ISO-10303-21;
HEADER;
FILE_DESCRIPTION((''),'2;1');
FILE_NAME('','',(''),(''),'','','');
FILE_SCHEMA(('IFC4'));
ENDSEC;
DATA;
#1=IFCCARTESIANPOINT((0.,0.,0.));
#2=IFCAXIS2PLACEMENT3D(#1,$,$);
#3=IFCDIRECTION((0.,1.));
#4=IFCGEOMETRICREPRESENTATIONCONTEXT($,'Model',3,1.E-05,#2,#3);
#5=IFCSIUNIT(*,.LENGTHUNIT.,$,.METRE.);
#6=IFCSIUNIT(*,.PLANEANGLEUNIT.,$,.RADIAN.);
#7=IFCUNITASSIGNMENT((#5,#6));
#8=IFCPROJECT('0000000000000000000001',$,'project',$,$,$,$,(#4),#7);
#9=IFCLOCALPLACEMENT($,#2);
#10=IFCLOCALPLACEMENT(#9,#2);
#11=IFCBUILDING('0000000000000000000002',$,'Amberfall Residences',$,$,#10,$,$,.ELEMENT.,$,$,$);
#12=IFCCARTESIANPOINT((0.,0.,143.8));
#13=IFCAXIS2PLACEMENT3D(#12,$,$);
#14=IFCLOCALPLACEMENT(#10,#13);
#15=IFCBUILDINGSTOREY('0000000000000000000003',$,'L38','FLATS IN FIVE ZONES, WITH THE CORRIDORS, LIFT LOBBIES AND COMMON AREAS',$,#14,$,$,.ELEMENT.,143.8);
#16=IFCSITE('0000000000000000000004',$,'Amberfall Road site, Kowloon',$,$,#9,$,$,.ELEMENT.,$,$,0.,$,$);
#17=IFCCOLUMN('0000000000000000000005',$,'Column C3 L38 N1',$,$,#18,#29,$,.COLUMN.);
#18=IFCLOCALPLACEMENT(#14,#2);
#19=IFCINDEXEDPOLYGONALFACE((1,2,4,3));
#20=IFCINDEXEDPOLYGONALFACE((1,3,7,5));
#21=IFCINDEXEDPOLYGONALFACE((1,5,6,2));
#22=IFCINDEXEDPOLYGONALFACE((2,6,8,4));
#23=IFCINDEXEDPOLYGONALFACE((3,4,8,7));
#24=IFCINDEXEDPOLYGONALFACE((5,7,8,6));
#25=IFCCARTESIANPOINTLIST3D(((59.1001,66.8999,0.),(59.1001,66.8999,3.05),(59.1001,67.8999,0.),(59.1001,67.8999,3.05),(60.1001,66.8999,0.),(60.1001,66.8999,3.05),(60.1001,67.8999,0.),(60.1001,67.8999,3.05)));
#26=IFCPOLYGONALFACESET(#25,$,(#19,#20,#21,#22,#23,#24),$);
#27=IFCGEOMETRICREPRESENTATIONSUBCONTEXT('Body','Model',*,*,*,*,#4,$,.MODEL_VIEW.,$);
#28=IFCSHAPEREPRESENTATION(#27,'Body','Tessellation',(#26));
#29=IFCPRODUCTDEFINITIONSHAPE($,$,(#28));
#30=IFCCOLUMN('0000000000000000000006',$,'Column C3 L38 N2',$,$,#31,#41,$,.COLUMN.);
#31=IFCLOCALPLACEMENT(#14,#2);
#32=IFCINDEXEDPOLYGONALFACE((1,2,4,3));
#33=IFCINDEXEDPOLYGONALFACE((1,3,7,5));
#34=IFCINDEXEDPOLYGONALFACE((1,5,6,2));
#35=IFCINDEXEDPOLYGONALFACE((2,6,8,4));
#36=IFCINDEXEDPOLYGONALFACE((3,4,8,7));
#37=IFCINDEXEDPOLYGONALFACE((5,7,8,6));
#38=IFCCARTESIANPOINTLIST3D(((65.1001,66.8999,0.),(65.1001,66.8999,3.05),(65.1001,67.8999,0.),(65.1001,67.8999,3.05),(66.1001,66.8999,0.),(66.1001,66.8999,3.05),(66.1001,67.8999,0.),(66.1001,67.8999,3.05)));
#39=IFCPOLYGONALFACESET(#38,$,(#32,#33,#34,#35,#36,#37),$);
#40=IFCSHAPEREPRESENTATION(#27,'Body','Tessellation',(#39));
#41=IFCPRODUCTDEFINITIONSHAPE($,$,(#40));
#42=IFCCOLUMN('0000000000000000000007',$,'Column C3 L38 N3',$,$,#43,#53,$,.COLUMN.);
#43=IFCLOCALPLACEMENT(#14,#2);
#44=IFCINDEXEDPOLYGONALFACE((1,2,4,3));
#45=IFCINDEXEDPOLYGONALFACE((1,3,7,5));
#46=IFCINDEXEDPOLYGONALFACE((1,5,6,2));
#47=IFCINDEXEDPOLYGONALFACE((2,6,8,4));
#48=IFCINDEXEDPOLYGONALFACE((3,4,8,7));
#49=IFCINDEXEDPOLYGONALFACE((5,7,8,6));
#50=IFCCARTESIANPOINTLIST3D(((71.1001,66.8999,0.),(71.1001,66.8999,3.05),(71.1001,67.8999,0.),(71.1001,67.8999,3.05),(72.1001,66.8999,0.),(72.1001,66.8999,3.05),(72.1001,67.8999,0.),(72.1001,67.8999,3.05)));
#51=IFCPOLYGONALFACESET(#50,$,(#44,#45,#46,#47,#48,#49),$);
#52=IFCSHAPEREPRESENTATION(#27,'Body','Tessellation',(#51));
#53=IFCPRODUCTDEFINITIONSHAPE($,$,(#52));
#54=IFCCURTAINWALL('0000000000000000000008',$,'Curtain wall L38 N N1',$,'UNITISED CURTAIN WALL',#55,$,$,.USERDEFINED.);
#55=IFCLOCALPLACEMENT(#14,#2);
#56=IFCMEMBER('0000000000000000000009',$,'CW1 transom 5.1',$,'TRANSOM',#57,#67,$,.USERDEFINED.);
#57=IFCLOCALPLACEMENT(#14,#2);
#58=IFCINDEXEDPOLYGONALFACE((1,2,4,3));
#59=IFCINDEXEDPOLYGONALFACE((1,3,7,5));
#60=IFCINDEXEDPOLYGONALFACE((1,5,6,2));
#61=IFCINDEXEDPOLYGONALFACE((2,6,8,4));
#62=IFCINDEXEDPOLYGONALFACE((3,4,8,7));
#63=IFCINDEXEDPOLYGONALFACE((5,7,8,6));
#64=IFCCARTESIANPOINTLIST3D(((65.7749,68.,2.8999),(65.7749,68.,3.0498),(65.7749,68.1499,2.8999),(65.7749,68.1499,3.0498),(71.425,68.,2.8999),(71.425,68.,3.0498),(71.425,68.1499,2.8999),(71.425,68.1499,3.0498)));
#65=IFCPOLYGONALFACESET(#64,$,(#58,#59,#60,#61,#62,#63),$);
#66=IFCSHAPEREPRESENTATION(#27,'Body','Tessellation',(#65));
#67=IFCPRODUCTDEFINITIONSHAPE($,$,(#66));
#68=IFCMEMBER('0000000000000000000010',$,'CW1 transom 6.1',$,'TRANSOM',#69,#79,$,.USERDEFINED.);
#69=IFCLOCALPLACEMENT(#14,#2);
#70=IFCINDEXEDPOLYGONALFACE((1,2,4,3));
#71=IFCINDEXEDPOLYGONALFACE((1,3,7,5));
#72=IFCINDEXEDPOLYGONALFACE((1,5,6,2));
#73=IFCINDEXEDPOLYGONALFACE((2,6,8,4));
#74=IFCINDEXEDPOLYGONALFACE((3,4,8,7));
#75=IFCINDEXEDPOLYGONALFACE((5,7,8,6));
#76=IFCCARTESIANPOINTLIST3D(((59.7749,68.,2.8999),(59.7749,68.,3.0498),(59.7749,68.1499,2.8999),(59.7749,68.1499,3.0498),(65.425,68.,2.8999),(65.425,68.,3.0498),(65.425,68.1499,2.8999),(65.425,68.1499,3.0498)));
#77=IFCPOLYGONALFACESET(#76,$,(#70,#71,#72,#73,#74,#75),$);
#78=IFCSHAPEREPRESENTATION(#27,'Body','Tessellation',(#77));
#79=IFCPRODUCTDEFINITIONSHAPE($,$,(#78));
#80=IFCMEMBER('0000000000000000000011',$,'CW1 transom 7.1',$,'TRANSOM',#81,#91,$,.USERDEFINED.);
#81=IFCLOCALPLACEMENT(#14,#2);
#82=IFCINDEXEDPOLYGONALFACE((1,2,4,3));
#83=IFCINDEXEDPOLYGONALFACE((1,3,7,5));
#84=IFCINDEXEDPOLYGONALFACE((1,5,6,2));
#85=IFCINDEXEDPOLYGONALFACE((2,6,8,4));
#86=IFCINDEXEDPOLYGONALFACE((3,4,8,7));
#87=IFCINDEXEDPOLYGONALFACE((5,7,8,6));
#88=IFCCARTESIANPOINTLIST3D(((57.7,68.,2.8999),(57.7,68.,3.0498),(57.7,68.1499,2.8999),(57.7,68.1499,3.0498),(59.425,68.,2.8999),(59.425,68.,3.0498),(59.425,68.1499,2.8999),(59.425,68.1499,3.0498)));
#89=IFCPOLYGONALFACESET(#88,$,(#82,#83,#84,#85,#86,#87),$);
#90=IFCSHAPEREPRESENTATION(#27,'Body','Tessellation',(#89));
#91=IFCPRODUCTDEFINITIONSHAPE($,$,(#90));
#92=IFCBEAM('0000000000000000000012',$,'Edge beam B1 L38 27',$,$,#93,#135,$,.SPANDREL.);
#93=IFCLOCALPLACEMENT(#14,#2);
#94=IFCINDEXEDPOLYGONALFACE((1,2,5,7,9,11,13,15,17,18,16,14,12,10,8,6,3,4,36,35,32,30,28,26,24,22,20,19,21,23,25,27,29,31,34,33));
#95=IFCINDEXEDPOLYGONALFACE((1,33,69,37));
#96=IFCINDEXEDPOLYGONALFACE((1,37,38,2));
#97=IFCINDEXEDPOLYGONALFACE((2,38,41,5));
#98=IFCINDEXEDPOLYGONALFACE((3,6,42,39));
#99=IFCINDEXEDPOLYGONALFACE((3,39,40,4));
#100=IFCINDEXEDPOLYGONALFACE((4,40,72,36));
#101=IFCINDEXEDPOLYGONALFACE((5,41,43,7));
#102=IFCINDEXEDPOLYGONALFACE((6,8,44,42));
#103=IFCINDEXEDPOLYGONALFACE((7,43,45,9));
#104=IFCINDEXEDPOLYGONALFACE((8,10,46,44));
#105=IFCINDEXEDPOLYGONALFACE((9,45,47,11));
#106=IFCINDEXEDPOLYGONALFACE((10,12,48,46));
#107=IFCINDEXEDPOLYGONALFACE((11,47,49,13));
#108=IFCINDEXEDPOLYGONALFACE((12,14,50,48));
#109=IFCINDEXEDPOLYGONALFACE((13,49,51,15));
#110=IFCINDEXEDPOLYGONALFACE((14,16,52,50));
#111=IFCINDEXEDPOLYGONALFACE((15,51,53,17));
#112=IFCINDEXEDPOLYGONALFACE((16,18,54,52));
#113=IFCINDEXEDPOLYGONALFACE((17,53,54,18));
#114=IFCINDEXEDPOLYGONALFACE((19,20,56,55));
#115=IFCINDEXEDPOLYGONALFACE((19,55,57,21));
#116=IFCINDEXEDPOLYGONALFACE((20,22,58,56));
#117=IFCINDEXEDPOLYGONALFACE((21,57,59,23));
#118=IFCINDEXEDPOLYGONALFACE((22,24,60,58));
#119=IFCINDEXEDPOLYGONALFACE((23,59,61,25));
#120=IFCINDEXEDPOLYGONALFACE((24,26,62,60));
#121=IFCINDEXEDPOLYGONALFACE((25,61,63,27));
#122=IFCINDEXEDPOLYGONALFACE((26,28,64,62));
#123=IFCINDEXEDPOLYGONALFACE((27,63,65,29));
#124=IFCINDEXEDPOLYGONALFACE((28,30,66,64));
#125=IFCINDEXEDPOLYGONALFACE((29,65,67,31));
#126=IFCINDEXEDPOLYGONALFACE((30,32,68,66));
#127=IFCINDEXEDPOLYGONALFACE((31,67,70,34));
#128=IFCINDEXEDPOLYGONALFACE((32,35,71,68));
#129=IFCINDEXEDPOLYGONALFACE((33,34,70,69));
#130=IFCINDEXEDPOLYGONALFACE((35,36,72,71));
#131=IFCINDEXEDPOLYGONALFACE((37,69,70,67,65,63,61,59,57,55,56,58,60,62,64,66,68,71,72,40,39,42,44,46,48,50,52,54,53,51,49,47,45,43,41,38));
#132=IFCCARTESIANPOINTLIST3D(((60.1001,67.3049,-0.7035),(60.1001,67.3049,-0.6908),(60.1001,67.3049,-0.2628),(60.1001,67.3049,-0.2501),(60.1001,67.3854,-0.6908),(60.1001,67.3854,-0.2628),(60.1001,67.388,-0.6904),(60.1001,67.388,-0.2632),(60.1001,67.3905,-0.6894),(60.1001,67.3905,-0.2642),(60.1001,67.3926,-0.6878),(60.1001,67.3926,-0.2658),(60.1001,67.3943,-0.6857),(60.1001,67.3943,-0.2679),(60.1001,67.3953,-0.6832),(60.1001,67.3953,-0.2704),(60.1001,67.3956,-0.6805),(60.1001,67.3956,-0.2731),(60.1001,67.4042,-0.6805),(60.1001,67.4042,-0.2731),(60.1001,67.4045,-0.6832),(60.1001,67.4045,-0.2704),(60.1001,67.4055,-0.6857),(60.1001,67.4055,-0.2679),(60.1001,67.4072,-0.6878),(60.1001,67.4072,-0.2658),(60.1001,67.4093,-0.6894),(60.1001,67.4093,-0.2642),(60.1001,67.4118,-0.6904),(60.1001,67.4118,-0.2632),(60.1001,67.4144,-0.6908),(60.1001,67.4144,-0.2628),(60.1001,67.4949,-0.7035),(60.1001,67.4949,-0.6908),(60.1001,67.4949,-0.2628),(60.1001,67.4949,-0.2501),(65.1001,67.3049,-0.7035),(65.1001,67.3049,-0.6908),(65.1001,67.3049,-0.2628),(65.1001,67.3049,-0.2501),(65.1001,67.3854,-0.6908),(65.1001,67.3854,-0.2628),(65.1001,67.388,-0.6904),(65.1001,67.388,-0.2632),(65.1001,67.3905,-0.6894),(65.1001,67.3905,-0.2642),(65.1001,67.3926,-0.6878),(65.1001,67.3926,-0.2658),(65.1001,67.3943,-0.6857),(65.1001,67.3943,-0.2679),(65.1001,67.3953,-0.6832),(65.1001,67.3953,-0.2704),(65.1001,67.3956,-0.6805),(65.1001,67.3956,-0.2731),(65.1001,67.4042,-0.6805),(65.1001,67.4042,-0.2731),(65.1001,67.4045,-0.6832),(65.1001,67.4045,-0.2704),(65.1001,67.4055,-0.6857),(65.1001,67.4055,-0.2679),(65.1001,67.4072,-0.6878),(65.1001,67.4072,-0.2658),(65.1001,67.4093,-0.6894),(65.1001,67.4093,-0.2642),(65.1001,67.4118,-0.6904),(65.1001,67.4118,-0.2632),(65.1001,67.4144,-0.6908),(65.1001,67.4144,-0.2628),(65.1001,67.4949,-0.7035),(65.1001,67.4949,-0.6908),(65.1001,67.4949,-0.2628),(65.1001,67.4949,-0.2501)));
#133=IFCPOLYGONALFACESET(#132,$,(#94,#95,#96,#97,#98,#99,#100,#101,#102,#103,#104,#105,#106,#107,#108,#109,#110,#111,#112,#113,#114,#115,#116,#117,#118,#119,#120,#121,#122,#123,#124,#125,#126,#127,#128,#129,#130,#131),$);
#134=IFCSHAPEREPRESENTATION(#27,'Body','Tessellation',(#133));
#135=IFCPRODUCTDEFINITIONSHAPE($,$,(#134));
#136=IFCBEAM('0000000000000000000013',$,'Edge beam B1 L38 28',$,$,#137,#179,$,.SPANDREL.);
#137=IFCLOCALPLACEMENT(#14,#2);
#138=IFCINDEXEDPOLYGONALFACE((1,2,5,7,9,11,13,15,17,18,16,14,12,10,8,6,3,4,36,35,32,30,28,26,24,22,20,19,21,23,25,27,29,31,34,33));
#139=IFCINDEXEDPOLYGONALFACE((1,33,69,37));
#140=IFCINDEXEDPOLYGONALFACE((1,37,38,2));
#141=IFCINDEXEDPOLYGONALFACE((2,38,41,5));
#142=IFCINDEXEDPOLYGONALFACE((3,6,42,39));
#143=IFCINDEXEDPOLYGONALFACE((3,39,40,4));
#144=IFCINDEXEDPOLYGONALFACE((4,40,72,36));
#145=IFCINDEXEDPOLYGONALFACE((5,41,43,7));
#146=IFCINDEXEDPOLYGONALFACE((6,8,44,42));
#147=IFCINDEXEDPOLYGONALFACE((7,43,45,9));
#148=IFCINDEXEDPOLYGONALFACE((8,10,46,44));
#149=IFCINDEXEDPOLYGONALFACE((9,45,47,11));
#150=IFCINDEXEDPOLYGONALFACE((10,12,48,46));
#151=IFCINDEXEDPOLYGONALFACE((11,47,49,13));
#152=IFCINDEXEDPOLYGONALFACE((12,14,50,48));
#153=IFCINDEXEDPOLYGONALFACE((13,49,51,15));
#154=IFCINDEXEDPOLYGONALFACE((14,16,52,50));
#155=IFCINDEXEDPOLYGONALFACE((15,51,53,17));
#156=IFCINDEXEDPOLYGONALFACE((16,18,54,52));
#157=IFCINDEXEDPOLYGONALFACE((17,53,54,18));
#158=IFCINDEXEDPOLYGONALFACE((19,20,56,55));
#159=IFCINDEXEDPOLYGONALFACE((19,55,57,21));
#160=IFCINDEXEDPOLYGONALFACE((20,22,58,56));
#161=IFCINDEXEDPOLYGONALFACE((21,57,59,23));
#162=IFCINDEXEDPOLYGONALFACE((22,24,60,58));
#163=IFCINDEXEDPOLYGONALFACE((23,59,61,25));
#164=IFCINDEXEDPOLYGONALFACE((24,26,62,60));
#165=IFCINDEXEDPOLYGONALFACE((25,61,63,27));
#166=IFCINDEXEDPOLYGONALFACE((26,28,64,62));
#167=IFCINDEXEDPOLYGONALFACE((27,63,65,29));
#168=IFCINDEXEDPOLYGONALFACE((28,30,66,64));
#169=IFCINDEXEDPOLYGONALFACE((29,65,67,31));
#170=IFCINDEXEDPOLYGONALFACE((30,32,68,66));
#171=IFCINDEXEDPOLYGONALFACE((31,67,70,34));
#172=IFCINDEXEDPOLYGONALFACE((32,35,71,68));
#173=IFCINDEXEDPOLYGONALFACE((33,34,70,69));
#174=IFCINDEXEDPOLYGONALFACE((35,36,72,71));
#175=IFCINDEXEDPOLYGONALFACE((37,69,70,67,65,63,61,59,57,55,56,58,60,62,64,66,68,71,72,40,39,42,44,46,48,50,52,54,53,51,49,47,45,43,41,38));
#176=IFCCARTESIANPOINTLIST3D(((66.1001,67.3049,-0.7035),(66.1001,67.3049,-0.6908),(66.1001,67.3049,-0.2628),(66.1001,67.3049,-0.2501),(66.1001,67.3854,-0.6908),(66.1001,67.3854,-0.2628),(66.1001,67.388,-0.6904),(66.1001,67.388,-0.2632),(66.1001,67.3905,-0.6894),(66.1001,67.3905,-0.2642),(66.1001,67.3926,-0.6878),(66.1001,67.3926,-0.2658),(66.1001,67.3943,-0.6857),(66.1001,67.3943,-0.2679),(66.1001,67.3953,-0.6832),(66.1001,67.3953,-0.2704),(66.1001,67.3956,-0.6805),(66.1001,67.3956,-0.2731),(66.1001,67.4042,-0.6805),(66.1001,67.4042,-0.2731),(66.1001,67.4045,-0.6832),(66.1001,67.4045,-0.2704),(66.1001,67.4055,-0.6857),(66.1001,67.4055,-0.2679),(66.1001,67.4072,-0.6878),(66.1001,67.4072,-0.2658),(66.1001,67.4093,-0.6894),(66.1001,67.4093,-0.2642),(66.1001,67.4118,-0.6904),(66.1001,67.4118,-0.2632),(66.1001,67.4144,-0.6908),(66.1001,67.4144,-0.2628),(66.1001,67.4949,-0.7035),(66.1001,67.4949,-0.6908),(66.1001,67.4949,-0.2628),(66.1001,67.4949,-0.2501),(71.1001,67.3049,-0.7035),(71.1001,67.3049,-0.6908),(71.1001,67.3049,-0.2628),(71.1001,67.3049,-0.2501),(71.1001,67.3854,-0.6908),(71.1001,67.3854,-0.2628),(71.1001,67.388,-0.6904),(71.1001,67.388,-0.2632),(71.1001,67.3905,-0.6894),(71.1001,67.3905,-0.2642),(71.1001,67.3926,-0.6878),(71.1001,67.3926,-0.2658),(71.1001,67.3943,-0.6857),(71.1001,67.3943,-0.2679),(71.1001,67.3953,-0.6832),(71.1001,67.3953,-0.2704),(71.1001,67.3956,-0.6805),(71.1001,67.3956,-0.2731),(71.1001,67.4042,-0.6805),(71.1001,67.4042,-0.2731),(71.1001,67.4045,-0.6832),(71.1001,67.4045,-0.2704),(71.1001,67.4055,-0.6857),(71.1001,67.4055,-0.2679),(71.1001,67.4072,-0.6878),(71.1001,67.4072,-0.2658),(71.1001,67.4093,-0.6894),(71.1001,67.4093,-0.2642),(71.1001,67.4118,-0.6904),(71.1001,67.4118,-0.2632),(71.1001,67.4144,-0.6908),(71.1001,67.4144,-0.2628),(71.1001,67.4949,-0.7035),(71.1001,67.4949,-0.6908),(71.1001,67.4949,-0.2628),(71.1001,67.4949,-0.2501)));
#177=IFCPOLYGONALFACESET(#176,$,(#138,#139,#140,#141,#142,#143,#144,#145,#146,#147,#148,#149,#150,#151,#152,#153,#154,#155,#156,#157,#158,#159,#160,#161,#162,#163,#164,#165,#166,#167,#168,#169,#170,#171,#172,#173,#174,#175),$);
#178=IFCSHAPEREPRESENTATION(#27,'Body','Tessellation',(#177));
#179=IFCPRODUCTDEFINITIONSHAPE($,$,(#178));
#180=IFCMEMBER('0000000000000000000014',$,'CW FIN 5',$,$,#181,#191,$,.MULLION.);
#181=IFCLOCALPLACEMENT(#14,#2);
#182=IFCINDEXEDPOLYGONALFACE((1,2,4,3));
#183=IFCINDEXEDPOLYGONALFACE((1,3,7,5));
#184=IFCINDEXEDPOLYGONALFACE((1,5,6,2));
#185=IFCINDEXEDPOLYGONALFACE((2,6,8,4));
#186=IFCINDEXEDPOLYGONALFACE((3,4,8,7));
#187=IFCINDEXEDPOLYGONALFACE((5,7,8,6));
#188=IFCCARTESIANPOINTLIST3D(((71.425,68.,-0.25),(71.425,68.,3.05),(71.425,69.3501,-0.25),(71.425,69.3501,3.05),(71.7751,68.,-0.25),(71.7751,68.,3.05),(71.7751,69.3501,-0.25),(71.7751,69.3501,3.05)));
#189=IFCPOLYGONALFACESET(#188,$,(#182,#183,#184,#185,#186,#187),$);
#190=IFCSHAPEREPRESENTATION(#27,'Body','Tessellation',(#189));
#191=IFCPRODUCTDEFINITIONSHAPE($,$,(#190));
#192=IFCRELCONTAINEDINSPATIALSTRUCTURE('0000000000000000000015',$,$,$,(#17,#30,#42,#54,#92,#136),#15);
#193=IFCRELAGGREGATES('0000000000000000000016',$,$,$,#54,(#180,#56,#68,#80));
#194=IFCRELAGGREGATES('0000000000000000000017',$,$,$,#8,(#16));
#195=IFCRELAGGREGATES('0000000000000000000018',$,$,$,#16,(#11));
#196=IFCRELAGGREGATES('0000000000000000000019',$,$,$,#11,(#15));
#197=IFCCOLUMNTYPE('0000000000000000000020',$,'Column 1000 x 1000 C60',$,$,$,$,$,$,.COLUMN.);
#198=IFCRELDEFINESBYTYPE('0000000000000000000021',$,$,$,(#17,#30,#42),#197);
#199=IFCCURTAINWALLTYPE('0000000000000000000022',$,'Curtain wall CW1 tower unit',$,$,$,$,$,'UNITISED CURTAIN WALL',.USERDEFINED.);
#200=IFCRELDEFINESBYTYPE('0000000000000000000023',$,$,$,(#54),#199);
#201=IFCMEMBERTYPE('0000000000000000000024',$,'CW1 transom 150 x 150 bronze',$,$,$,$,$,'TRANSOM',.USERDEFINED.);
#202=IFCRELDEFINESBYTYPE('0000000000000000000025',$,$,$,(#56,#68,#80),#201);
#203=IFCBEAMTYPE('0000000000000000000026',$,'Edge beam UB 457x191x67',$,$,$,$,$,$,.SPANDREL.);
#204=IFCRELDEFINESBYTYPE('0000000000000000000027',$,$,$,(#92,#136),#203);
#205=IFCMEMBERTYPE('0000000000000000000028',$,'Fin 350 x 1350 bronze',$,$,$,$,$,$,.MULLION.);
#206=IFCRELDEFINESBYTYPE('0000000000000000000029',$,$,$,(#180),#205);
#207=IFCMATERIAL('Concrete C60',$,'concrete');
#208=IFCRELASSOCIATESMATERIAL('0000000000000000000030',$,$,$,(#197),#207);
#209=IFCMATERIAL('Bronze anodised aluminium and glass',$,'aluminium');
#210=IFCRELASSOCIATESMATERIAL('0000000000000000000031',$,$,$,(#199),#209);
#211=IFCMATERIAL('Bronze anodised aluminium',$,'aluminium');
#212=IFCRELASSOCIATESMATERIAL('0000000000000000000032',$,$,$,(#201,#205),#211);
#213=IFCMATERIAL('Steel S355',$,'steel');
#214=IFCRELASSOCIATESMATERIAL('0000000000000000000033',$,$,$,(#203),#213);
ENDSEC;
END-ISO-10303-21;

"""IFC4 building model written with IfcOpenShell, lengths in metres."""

from ifc_helpers import new_model, si_unit, direction, frame, origin, origin_2d, place, context, subcontext, project, spatial, rectangle, i_section, extrude, material, material_profile, profile_set, type_object, element, aggregate, save


model = new_model("IFC4")

# Units and contexts
model_context = context("Model", 3, precision=1e-05, world=origin(), true_north=direction((0.0, 1.0)))
body_context = subcontext(model_context, "Body", "Model", "MODEL_VIEW")
ifc_project = project(units=[si_unit("LENGTHUNIT", "METRE"), si_unit("PLANEANGLEUNIT", "RADIAN")], contexts=[model_context])

# Site, building, storey
site_placement = place(None, origin())
site = spatial("IfcSite", under=ifc_project, at=site_placement, Name="Amberfall Road site, Kowloon", CompositionType="ELEMENT", RefElevation=0.0)
building_placement = place(site_placement, origin())
building = spatial("IfcBuilding", under=site, at=building_placement, Name="Amberfall Residences", CompositionType="ELEMENT")
storey_placement = place(building_placement, frame((0.0, 0.0, 143.8)))
storey = spatial("IfcBuildingStorey", under=building, at=storey_placement, Name="L38", Description="FLATS IN FIVE ZONES, WITH THE CORRIDORS, LIFT LOBBIES AND COMMON AREAS", CompositionType="ELEMENT", Elevation=143.8)

# Columns
ifc_material_1 = material(Name="Concrete C60", Category="concrete")
ifc_material_profile_1 = material_profile(ifc_material_1, rectangle(XDim=1.0, YDim=1.0, at=origin_2d()), Name="Column 1000 x 1000 C60")
ifc_profile_set_1 = profile_set([ifc_material_profile_1], Name="Concrete C60")
column_type = type_object("IfcColumnType", Name="Column 1000 x 1000 C60", PredefinedType="COLUMN", material=ifc_profile_set_1)
for number, where, z_axis, x_axis, name in (
    (1, (59.6001, 67.3999, 0.0), (0.0, 0.0, 1.0), (1.0, 0.0, 0.0), "Column C3 L38 N1"),
    (2, (65.6001, 67.3999, 0.0), (0.0, 0.0, 1.0), (1.0, 0.0, 0.0), "Column C3 L38 N2"),
    (3, (71.6001, 67.3999, 0.0), (0.0, 0.0, 1.0), (1.0, 0.0, 0.0), "Column C3 L38 N3"),
):
    element("IfcColumn", number, at=place(storey_placement, frame(where, z_axis=z_axis, x_axis=x_axis)), inside=storey, type_object=column_type, Name=name, PredefinedType="COLUMN", context=body_context, shape_type="SweptSolid", body=[
        extrude(rectangle(XDim=1.0, YDim=1.0, at=origin_2d()), origin(), (0.0, 0.0, 1.0), 3.05),
    ])

# Curtain wall, members
ifc_material_2 = material(Name="Bronze anodised aluminium and glass", Category="aluminium")
curtain_wall_type = type_object("IfcCurtainWallType", Name="Curtain wall CW1 tower unit", ElementType="UNITISED CURTAIN WALL", PredefinedType="USERDEFINED", material=ifc_material_2)
curtain_wall_placement = place(storey_placement, origin())
curtain_wall = element("IfcCurtainWall", 4, at=curtain_wall_placement, inside=storey, type_object=curtain_wall_type, Name="Curtain wall L38 N N1", ObjectType="UNITISED CURTAIN WALL", PredefinedType="USERDEFINED")
ifc_material_3 = material(Name="Bronze anodised aluminium", Category="aluminium")
ifc_material_profile_2 = material_profile(ifc_material_3, rectangle(XDim=0.1499, YDim=0.1499, at=origin_2d()), Name="CW1 transom 150 x 150 bronze")
ifc_profile_set_2 = profile_set([ifc_material_profile_2], Name="Bronze anodised aluminium")
member_type_1 = type_object("IfcMemberType", Name="CW1 transom 150 x 150 bronze", ElementType="TRANSOM", PredefinedType="USERDEFINED", material=ifc_profile_set_2)
member_1_placement = place(storey_placement, frame((71.425, 68.075, 2.9749), z_axis=(-1.0, 0.0, 0.0), x_axis=(0.0, -1.0, 0.0)))
member_1 = element("IfcMember", 5, at=member_1_placement, type_object=member_type_1, Name="CW1 transom 5.1", ObjectType="TRANSOM", PredefinedType="USERDEFINED", context=body_context, shape_type="SweptSolid", body=[
    extrude(rectangle(XDim=0.1499, YDim=0.1499, at=origin_2d()), origin(), (0.0, 0.0, 1.0), 5.6501),
])
member_2_placement = place(storey_placement, frame((65.425, 68.075, 2.9749), z_axis=(-1.0, 0.0, 0.0), x_axis=(0.0, -1.0, 0.0)))
member_2 = element("IfcMember", 6, at=member_2_placement, type_object=member_type_1, Name="CW1 transom 6.1", ObjectType="TRANSOM", PredefinedType="USERDEFINED", context=body_context, shape_type="SweptSolid", body=[
    extrude(rectangle(XDim=0.1499, YDim=0.1499, at=origin_2d()), origin(), (0.0, 0.0, 1.0), 5.6501),
])
member_3_placement = place(storey_placement, frame((59.425, 68.075, 2.9749), z_axis=(-1.0, 0.0, 0.0), x_axis=(0.0, -1.0, 0.0)))
member_3 = element("IfcMember", 7, at=member_3_placement, type_object=member_type_1, Name="CW1 transom 7.1", ObjectType="TRANSOM", PredefinedType="USERDEFINED", context=body_context, shape_type="SweptSolid", body=[
    extrude(rectangle(XDim=0.1499, YDim=0.1499, at=origin_2d()), origin(), (0.0, 0.0, 1.0), 1.7251),
])

# Beams
ifc_material_4 = material(Name="Steel S355", Category="steel")
ifc_material_profile_3 = material_profile(ifc_material_4, i_section(OverallWidth=0.1899, OverallDepth=0.4534, WebThickness=0.0085, FlangeThickness=0.0127, FilletRadius=0.0103, at=origin_2d()), Name="UB 457x191x67")
ifc_profile_set_3 = profile_set([ifc_material_profile_3], Name="Steel S355")
beam_type_1 = type_object("IfcBeamType", Name="Edge beam UB 457x191x67", PredefinedType="SPANDREL", material=ifc_profile_set_3)
for number, where, z_axis, x_axis, name in (
    (8, (60.1001, 67.3999, -0.4768), (1.0, 0.0, 0.0), (0.0, 1.0, 0.0), "Edge beam B1 L38 27"),
    (9, (66.1001, 67.3999, -0.4768), (1.0, 0.0, 0.0), (0.0, 1.0, 0.0), "Edge beam B1 L38 28"),
):
    element("IfcBeam", number, at=place(storey_placement, frame(where, z_axis=z_axis, x_axis=x_axis)), inside=storey, type_object=beam_type_1, Name=name, PredefinedType="SPANDREL", context=body_context, shape_type="SweptSolid", body=[
        extrude(i_section(OverallWidth=0.1899, OverallDepth=0.4534, WebThickness=0.0085, FlangeThickness=0.0127, FilletRadius=0.0103, at=origin_2d()), origin(), (0.0, 0.0, 1.0), 5.0),
    ])

# Member
ifc_material_profile_4 = material_profile(ifc_material_3, rectangle(XDim=1.3501, YDim=0.3501, at=origin_2d()), Name="Fin 350 x 1350 bronze")
ifc_profile_set_4 = profile_set([ifc_material_profile_4], Name="Bronze anodised aluminium")
member_type_2 = type_object("IfcMemberType", Name="Fin 350 x 1350 bronze", PredefinedType="MULLION", material=ifc_profile_set_4)
member_4_placement = place(storey_placement, frame((71.6001, 68.675, -0.25), z_axis=(0.0, 0.0, 1.0), x_axis=(0.0, -1.0, 0.0)))
member_4 = element("IfcMember", 10, at=member_4_placement, type_object=member_type_2, Name="CW FIN 5", PredefinedType="MULLION", context=body_context, shape_type="SweptSolid", body=[
    extrude(rectangle(XDim=1.3501, YDim=0.3501, at=origin_2d()), origin(), (0.0, 0.0, 1.0), 3.3),
])

aggregate(curtain_wall, [member_4, member_1, member_2, member_3])

save(model, "model.ifc")
